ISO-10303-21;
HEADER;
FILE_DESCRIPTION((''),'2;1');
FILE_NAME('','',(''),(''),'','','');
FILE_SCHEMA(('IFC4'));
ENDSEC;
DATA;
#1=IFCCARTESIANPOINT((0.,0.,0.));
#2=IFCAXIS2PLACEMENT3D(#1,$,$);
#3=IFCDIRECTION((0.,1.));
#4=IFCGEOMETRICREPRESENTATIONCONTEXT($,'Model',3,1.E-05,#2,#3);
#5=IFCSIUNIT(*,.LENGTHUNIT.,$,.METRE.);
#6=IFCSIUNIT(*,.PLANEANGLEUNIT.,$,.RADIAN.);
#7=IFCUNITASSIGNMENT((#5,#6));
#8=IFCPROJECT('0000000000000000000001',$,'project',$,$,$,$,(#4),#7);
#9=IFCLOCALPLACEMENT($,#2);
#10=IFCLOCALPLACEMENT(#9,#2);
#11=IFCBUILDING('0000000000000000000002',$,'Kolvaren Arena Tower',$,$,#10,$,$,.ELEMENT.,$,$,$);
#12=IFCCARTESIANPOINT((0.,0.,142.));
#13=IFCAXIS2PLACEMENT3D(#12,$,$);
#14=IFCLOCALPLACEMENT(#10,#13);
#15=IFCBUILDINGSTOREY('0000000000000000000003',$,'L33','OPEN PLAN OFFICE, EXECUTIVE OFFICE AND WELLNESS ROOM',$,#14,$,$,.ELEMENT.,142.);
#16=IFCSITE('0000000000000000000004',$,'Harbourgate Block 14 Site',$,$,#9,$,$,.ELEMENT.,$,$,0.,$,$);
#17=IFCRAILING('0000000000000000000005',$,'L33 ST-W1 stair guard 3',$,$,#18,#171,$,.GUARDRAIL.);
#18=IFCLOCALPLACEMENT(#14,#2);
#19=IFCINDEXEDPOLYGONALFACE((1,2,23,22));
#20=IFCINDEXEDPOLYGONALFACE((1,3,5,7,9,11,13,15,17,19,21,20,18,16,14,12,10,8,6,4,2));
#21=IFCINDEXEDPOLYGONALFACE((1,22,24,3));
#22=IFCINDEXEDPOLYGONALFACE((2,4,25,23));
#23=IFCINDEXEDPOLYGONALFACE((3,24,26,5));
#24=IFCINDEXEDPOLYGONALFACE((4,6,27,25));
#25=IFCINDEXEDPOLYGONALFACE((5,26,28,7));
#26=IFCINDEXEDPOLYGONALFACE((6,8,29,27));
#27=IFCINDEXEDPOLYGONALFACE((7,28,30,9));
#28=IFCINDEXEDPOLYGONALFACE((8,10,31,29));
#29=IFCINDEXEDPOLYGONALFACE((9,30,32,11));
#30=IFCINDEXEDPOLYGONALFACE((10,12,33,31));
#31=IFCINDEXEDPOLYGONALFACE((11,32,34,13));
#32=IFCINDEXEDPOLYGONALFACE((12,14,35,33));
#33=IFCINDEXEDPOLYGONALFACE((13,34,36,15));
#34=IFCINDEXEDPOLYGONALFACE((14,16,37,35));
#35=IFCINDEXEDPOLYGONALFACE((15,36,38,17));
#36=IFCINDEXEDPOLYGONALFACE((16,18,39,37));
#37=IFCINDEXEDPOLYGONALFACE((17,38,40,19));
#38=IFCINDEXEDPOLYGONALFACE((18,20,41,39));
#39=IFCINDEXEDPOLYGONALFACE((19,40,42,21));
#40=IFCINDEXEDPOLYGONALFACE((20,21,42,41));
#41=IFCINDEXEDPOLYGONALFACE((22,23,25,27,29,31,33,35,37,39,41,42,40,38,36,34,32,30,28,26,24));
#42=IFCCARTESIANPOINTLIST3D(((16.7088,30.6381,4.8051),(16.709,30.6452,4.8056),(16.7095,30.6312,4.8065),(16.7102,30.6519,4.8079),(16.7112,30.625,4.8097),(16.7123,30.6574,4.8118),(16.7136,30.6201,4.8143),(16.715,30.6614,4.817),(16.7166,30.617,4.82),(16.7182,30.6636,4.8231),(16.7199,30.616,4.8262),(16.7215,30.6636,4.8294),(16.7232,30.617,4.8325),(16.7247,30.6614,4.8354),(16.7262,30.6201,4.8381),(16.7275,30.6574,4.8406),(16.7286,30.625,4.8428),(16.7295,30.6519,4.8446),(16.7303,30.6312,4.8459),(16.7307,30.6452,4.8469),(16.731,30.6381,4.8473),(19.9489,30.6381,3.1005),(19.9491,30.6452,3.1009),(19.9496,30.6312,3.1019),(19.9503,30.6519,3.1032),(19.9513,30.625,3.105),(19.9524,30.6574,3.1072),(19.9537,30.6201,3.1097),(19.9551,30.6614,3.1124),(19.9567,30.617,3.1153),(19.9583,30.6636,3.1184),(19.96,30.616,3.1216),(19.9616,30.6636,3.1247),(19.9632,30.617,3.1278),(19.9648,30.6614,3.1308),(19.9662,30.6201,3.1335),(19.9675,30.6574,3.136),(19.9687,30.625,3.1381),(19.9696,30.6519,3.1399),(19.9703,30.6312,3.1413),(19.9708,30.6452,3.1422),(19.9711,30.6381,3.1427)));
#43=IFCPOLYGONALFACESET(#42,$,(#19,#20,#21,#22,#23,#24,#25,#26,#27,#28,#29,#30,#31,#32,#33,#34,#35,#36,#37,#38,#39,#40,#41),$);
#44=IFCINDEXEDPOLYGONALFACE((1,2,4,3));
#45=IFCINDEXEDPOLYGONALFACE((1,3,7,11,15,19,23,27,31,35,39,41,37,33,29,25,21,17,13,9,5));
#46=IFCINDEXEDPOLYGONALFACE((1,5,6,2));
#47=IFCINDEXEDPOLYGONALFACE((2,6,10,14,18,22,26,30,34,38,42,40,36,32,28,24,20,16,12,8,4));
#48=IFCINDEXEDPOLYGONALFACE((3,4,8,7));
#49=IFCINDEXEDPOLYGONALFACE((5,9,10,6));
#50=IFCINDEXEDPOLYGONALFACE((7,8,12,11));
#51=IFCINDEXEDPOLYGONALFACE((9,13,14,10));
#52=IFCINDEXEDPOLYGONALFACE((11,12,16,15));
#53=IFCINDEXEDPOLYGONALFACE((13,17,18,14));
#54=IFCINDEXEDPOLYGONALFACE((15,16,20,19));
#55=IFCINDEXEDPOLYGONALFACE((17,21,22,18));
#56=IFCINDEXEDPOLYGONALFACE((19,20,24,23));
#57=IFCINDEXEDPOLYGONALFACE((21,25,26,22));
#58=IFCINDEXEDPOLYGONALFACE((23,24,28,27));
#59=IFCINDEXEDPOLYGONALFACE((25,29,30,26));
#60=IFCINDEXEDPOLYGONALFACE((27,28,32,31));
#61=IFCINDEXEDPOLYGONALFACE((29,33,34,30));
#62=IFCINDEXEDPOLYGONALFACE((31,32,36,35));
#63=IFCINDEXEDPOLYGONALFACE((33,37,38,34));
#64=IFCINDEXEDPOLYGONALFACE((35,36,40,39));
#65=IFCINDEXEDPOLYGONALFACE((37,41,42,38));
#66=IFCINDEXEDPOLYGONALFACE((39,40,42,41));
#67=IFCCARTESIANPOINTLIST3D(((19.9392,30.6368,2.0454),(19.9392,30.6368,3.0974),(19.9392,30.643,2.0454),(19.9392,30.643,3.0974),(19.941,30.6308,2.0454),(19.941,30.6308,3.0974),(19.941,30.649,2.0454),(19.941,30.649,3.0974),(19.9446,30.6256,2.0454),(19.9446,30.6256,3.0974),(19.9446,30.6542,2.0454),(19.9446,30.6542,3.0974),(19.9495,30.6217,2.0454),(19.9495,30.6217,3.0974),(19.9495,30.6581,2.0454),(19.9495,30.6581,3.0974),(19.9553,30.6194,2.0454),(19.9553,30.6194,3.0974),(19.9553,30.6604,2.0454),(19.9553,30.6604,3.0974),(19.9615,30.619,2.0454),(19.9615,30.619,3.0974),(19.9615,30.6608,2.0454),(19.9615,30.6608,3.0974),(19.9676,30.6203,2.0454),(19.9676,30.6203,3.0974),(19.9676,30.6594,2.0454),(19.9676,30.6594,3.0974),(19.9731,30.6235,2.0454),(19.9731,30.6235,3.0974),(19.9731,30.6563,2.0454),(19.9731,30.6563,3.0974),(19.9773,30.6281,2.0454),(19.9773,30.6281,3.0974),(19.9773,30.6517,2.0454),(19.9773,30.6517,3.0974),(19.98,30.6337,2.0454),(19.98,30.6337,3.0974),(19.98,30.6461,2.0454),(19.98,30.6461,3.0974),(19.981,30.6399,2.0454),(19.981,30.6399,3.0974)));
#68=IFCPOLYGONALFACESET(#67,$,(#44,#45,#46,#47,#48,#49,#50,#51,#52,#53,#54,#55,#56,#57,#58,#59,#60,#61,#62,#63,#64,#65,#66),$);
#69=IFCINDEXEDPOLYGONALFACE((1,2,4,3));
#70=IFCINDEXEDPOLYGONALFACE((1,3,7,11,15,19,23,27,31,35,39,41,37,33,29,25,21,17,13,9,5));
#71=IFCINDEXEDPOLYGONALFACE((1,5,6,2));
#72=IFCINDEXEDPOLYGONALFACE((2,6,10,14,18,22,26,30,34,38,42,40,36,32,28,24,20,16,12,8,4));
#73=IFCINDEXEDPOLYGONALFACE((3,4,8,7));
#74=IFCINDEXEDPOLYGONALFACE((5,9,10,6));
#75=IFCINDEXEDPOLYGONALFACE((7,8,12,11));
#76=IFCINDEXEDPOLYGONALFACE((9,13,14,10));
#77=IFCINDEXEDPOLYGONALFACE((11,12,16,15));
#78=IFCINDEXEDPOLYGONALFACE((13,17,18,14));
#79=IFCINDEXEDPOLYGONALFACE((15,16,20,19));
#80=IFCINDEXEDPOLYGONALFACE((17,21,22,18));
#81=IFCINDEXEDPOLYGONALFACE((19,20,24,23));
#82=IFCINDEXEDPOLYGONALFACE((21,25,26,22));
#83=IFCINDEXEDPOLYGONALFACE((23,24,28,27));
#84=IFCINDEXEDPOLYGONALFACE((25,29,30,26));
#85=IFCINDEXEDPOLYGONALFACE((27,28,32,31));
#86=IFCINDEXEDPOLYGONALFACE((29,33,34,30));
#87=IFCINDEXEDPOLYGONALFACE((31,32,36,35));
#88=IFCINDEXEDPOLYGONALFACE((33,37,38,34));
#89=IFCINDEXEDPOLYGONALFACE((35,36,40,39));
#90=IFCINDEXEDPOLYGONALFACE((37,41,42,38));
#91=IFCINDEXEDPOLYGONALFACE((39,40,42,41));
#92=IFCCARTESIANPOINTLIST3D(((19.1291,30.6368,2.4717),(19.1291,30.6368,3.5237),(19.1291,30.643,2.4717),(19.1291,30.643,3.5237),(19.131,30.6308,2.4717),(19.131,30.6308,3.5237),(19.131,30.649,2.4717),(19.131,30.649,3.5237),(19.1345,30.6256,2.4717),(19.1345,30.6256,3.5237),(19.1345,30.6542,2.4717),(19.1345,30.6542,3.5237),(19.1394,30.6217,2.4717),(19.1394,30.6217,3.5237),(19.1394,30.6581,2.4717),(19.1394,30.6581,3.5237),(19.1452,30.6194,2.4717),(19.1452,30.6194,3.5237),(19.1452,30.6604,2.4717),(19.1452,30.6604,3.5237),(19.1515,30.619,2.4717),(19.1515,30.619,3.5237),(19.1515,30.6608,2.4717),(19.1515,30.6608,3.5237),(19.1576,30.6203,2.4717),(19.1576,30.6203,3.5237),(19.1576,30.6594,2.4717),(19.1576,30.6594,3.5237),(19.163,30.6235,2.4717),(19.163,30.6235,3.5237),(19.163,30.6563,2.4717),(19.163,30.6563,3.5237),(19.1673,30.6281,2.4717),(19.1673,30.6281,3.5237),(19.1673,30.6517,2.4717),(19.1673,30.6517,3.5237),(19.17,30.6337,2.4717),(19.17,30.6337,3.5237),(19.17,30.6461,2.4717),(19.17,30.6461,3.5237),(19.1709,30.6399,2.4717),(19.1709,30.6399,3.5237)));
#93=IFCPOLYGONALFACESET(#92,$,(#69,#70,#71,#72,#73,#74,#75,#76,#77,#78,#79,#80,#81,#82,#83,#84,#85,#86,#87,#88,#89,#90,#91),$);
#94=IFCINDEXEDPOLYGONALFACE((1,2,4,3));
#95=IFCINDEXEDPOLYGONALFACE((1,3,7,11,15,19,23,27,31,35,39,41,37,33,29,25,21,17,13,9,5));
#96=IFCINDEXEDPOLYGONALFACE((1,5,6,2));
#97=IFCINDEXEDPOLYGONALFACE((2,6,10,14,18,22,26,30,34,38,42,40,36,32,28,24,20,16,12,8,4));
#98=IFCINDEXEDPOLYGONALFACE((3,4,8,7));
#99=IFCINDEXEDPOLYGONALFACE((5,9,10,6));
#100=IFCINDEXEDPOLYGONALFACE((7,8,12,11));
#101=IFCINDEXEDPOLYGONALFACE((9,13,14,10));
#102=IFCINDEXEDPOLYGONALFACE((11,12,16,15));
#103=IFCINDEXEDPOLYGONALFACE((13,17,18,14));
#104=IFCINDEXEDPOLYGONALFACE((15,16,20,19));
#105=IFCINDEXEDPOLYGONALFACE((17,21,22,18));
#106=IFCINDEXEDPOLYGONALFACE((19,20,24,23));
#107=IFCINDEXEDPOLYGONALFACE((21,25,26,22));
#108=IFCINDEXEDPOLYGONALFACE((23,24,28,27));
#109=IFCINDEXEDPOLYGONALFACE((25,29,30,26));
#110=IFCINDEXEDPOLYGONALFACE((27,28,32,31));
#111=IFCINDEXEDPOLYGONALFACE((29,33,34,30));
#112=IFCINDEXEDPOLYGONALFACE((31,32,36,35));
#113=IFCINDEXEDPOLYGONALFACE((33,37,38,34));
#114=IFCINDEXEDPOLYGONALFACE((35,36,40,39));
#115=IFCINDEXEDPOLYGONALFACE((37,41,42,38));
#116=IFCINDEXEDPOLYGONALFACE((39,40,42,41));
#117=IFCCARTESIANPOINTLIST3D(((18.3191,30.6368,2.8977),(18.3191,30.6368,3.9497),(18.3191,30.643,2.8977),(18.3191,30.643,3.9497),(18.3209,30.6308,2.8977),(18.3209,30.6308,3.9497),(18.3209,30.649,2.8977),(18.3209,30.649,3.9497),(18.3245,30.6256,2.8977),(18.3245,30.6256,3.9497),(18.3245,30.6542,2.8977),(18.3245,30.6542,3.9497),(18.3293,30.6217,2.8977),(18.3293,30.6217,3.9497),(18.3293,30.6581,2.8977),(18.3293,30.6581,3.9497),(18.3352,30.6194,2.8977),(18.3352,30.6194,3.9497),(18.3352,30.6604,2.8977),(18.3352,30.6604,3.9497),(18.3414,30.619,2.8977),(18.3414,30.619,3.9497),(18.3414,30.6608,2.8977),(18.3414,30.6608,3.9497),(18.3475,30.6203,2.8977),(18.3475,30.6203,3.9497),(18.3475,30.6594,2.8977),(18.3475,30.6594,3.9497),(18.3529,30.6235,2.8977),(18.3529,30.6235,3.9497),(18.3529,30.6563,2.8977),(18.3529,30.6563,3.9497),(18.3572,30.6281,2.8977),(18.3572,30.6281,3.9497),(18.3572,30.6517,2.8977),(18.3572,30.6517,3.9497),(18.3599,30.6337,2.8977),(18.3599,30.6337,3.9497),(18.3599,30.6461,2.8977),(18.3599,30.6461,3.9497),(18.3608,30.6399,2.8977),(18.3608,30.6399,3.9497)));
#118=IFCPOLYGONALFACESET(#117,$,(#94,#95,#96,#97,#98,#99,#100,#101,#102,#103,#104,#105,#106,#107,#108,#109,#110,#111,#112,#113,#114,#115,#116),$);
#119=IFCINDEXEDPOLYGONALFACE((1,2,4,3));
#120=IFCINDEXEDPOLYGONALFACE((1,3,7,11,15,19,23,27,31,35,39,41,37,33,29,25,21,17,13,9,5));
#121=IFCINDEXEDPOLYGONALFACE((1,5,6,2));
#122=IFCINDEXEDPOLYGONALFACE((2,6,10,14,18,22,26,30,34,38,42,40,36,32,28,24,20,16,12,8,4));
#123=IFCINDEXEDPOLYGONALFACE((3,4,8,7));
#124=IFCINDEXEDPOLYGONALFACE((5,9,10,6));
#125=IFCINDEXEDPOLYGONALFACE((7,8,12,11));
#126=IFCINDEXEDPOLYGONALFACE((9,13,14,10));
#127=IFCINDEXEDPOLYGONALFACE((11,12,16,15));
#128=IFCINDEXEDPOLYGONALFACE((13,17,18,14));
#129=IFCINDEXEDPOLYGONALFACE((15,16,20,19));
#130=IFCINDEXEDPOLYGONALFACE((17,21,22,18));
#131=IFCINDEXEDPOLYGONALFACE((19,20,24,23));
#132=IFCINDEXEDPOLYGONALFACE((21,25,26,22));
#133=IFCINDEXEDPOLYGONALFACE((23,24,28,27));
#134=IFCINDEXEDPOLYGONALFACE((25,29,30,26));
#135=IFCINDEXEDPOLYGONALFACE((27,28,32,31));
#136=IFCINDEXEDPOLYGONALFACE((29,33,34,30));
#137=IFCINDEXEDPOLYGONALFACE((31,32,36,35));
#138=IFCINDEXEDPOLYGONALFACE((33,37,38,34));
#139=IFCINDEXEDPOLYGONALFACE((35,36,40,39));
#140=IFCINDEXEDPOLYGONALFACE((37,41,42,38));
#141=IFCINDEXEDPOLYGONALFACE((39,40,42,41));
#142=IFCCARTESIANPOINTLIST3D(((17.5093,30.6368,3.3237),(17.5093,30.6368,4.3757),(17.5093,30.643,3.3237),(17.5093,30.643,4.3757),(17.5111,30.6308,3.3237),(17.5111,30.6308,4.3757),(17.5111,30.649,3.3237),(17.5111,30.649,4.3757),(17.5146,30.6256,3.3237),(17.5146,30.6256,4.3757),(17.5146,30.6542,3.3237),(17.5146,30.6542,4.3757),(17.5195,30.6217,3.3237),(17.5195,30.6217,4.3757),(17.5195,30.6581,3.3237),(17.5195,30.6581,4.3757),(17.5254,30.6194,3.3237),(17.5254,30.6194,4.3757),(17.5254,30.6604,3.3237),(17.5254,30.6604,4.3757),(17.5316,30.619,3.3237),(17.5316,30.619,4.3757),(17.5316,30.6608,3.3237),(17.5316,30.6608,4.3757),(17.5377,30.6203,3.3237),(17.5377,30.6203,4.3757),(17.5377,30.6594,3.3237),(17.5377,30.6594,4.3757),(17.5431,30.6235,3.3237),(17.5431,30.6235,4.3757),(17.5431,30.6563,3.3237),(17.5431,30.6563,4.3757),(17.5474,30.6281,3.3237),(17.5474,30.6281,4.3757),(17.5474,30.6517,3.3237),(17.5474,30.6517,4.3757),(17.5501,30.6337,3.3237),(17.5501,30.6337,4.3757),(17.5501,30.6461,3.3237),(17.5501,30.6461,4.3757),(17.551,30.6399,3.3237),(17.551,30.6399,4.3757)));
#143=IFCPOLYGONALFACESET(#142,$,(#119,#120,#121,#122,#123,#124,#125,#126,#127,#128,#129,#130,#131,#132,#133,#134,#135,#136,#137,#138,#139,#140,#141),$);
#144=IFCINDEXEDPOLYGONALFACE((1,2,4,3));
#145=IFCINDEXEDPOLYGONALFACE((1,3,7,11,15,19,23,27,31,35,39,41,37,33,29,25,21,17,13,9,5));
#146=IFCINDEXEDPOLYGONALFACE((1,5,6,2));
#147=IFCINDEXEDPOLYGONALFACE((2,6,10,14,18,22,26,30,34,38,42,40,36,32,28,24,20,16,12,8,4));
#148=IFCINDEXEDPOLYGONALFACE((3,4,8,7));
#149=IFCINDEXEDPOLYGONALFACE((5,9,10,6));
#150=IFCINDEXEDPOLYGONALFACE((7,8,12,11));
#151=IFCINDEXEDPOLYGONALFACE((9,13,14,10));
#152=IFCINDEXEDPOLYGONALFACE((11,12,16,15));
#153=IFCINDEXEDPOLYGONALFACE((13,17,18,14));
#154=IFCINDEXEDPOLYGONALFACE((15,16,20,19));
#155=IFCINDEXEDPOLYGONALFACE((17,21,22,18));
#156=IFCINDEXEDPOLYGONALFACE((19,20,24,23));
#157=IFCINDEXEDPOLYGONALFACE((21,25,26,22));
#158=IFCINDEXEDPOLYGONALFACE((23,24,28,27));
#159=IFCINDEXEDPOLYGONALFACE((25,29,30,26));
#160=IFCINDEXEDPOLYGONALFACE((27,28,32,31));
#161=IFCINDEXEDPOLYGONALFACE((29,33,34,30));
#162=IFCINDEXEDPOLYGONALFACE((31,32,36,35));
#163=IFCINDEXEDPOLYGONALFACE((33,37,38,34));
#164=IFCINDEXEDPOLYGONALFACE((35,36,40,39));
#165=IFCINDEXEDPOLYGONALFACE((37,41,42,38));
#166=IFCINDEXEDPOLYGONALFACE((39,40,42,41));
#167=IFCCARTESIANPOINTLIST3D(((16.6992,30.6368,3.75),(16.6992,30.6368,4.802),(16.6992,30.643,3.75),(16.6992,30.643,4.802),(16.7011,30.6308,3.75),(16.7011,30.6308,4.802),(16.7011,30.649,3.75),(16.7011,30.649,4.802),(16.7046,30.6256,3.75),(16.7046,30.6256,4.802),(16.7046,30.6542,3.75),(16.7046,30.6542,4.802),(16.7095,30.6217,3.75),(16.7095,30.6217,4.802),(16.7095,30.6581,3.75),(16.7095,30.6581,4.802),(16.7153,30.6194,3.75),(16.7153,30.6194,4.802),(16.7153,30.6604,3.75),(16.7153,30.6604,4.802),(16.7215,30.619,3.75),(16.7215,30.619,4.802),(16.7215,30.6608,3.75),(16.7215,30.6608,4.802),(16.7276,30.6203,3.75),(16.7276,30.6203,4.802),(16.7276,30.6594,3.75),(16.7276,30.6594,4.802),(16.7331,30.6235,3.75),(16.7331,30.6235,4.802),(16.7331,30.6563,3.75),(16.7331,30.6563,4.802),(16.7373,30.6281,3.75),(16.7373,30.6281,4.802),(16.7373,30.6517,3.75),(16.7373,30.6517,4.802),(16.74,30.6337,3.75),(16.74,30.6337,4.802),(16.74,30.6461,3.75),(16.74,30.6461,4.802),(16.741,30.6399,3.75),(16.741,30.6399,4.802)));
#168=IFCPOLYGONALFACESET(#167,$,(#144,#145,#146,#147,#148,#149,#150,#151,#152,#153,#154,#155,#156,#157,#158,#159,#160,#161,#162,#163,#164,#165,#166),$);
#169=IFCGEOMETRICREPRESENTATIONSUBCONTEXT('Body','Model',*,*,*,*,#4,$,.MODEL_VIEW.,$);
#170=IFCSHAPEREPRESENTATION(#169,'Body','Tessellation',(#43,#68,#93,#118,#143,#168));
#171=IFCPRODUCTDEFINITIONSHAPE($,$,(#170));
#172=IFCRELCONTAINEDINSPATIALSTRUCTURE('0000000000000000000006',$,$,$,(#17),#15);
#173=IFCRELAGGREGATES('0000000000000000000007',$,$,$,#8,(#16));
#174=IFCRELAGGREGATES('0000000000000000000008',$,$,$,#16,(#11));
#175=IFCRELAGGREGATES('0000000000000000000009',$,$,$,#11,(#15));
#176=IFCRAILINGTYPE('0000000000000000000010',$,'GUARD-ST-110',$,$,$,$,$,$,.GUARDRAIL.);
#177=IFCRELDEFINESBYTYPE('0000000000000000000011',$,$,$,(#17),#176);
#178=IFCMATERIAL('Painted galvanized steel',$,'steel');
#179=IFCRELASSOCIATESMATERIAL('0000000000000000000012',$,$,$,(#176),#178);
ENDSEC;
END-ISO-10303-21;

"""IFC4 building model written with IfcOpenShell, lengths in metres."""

from ifc_helpers import new_model, si_unit, direction, frame, origin, origin_2d, place, context, subcontext, project, spatial, circle, extrude, material, type_object, element, save


model = new_model("IFC4")

# Units and contexts
model_context = context("Model", 3, precision=1e-05, world=origin(), true_north=direction((0.0, 1.0)))
body_context = subcontext(model_context, "Body", "Model", "MODEL_VIEW")
ifc_project = project(units=[si_unit("LENGTHUNIT", "METRE"), si_unit("PLANEANGLEUNIT", "RADIAN")], contexts=[model_context])

# Site, building, storey
site_placement = place(None, origin())
site = spatial("IfcSite", under=ifc_project, at=site_placement, Name="Harbourgate Block 14 Site", CompositionType="ELEMENT", RefElevation=0.0)
building_placement = place(site_placement, origin())
building = spatial("IfcBuilding", under=site, at=building_placement, Name="Kolvaren Arena Tower", CompositionType="ELEMENT")
storey_placement = place(building_placement, frame((0.0, 0.0, 142.0)))
storey = spatial("IfcBuildingStorey", under=building, at=storey_placement, Name="L33", Description="OPEN PLAN OFFICE, EXECUTIVE OFFICE AND WELLNESS ROOM", CompositionType="ELEMENT", Elevation=142.0)

# Railing
ifc_material_1 = material(Name="Painted galvanized steel", Category="steel")
railing_type_1 = type_object("IfcRailingType", Name="GUARD-ST-110", PredefinedType="GUARDRAIL", material=ifc_material_1)
railing_1_placement = place(storey_placement, frame((19.96, 30.6399, 2.0454)))
element("IfcRailing", 1, at=railing_1_placement, inside=storey, type_object=railing_type_1, Name="L33 ST-W1 stair guard 3", PredefinedType="GUARDRAIL", context=body_context, shape_type="SweptSolid", body=[
    extrude(circle(Radius=0.0239, at=origin_2d()), frame((0.0, 0.0, 1.0762), z_axis=(-0.884993, 0.0, 0.465604), x_axis=(0.0, -1.0, 0.0)), (0.0, 0.0, 1.0), 3.6611),
    extrude(circle(Radius=0.021, at=origin_2d()), origin(), (0.0, 0.0, 1.0), 1.052),
    extrude(circle(Radius=0.021, at=origin_2d()), frame((-0.8101, 0.0, 0.4263)), (0.0, 0.0, 1.0), 1.052),
    extrude(circle(Radius=0.021, at=origin_2d()), frame((-1.6201, 0.0, 0.8523)), (0.0, 0.0, 1.0), 1.052),
    extrude(circle(Radius=0.021, at=origin_2d()), frame((-2.4299, 0.0, 1.2783)), (0.0, 0.0, 1.0), 1.052),
    extrude(circle(Radius=0.021, at=origin_2d()), frame((-3.24, 0.0, 1.7046)), (0.0, 0.0, 1.0), 1.052),
])

save(model, "model.ifc")
